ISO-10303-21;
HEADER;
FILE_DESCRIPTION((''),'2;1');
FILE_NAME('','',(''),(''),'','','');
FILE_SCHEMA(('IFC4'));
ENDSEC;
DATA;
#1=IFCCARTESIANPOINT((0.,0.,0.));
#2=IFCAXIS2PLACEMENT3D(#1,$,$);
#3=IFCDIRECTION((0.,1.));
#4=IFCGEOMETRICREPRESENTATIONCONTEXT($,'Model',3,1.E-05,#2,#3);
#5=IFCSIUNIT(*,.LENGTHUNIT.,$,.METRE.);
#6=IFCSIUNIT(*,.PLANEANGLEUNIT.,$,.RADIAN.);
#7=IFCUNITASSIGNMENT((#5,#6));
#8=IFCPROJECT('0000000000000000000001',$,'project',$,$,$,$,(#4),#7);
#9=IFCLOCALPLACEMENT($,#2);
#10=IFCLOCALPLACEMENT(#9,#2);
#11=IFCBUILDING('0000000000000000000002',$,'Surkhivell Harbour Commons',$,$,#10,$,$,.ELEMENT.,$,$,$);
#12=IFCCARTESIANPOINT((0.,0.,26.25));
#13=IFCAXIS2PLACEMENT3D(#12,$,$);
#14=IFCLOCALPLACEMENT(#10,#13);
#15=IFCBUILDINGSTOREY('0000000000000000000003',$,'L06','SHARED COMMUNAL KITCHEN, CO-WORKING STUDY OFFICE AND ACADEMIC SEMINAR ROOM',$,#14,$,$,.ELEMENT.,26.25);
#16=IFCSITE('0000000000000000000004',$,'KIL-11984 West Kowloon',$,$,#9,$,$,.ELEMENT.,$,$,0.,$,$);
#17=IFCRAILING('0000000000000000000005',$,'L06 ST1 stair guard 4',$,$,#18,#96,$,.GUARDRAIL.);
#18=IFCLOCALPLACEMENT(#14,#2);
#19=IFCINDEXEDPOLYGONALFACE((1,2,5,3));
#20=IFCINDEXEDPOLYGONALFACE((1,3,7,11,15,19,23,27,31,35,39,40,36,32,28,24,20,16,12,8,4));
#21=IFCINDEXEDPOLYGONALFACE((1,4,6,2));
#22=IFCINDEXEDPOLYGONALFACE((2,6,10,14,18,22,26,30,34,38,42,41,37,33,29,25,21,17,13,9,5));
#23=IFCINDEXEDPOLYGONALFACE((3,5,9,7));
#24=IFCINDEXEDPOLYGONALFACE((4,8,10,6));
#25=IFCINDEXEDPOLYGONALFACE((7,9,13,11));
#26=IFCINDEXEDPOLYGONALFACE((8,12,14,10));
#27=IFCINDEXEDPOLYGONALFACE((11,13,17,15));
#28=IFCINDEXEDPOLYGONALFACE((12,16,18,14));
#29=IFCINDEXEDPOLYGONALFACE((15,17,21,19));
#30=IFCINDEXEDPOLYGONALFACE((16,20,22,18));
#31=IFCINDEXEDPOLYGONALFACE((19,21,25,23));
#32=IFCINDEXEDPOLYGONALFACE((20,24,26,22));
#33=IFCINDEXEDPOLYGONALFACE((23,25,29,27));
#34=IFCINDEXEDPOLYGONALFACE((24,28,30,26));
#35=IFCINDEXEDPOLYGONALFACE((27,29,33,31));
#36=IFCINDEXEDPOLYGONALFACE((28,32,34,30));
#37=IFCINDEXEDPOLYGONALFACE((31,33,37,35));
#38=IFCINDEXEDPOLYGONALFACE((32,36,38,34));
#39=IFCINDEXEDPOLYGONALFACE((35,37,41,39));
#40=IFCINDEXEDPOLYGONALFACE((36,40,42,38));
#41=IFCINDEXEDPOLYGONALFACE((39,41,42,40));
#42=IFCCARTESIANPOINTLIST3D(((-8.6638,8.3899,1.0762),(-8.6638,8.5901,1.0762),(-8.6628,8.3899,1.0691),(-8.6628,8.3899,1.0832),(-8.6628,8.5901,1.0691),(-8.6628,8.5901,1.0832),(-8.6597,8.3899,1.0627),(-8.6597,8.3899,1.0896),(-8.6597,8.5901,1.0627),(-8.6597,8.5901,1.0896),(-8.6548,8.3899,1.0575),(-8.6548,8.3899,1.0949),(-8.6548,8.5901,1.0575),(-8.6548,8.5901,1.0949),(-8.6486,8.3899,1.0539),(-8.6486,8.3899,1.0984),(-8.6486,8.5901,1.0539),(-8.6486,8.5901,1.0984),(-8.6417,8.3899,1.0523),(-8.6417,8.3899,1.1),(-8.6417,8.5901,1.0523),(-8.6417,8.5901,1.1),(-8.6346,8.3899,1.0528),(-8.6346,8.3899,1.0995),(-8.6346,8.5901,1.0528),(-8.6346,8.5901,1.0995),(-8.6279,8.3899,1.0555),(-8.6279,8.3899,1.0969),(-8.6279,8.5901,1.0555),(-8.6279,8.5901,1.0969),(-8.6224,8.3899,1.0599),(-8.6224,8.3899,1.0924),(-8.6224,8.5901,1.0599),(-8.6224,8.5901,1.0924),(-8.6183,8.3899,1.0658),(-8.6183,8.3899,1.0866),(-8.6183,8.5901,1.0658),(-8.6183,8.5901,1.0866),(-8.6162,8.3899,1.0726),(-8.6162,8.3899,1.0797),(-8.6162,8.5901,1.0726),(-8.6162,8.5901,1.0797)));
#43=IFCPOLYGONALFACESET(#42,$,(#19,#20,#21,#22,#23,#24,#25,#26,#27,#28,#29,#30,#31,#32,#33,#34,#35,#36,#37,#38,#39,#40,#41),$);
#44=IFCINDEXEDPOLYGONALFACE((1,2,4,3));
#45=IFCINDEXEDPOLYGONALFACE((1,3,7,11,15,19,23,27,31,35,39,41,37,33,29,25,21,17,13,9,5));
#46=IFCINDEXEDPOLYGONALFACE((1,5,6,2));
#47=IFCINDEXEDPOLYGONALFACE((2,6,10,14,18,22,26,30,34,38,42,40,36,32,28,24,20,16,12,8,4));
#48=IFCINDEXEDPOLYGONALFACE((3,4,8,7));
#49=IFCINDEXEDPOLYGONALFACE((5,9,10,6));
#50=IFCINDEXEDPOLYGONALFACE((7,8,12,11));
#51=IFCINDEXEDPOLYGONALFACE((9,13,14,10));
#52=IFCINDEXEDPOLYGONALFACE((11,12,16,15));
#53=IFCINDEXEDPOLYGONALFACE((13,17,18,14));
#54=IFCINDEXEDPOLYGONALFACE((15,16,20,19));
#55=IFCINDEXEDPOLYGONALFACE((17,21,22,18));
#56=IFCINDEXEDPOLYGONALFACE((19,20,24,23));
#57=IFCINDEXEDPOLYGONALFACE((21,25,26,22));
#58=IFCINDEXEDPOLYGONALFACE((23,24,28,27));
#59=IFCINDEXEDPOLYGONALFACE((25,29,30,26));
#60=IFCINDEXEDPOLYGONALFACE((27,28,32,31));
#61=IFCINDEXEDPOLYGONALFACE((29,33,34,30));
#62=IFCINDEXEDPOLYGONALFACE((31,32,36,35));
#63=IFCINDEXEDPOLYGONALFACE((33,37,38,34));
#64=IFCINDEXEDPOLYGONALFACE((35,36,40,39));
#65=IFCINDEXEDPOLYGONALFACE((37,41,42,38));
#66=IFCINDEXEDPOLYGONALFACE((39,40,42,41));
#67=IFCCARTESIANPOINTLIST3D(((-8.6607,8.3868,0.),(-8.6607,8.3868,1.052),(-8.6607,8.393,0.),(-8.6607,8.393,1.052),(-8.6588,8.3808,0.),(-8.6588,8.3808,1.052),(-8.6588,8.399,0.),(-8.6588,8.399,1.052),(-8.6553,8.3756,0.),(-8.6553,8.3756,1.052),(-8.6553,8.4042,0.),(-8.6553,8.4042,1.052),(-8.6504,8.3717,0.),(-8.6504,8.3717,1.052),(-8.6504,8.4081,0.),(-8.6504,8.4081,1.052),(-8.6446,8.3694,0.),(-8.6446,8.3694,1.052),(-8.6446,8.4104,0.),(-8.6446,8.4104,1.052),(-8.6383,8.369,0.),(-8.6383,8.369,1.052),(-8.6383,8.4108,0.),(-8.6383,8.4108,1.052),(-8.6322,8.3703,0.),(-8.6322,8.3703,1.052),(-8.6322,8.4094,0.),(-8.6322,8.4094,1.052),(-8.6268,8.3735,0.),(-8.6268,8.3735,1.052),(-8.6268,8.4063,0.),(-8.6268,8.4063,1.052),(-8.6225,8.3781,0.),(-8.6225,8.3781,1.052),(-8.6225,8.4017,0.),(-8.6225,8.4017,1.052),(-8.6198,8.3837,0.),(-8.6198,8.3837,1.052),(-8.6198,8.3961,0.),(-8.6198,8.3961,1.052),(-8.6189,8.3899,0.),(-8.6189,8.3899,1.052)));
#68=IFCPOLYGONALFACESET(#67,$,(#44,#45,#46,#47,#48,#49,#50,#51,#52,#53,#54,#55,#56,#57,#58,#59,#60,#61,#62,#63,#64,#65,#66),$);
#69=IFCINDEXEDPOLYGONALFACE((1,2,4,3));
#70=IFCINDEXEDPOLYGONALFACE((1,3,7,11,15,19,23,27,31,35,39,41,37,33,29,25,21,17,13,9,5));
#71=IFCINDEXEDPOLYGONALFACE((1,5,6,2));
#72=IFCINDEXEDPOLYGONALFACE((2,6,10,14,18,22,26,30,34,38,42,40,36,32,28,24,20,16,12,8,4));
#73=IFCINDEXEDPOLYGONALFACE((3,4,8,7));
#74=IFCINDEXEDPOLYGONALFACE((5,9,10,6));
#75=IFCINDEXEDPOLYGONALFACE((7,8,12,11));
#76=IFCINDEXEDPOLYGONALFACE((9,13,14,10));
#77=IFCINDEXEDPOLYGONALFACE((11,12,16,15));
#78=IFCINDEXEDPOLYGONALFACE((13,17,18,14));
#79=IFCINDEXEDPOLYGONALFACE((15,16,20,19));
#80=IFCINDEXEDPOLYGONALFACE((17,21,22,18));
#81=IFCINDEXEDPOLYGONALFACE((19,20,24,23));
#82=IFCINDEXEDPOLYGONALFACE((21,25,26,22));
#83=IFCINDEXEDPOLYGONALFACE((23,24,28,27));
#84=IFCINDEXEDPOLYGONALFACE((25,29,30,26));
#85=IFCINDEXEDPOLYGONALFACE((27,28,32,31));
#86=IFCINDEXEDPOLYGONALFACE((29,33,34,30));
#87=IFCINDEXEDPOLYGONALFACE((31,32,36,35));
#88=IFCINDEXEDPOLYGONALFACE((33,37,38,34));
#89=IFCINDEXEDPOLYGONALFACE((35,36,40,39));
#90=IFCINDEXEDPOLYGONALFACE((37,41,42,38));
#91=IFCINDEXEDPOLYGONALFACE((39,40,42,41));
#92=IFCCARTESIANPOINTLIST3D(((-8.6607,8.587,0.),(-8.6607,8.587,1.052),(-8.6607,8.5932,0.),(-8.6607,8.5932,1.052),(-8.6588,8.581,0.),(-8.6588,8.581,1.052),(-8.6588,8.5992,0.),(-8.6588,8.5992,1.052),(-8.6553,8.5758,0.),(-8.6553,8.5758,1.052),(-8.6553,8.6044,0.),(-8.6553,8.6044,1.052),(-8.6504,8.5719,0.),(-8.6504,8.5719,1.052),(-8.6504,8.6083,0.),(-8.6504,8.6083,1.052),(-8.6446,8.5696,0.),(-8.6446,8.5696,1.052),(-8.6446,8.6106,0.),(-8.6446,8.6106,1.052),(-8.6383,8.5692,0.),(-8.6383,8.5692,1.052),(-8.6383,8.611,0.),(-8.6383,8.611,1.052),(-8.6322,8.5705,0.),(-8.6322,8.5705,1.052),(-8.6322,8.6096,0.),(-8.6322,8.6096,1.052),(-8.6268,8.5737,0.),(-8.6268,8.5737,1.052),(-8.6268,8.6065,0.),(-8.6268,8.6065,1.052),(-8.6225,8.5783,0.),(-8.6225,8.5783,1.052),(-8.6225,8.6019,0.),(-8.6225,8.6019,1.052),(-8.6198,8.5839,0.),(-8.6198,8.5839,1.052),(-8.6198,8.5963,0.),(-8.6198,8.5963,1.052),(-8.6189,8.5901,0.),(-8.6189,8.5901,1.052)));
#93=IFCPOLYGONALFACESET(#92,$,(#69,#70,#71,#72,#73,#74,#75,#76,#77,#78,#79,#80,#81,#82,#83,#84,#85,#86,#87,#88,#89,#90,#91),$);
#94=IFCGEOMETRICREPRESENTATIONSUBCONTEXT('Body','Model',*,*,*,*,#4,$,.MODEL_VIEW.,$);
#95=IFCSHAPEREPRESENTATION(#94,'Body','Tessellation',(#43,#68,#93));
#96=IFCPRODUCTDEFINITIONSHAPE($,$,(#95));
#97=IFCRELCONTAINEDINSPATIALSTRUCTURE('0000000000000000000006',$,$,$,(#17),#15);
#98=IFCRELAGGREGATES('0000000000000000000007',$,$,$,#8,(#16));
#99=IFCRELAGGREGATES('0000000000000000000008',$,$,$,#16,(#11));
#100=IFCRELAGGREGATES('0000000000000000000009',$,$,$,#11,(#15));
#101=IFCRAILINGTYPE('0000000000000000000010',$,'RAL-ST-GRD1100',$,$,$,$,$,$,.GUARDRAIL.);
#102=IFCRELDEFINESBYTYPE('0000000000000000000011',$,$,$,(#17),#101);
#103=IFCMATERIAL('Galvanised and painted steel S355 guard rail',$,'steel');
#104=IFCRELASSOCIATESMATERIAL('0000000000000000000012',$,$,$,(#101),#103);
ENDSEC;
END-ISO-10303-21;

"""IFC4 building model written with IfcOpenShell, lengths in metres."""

from ifc_helpers import new_model, si_unit, direction, frame, origin, origin_2d, place, context, subcontext, project, spatial, circle, extrude, material, type_object, element, save


model = new_model("IFC4")

# Units and contexts
model_context = context("Model", 3, precision=1e-05, world=origin(), true_north=direction((0.0, 1.0)))
body_context = subcontext(model_context, "Body", "Model", "MODEL_VIEW")
ifc_project = project(units=[si_unit("LENGTHUNIT", "METRE"), si_unit("PLANEANGLEUNIT", "RADIAN")], contexts=[model_context])

# Site, building, storey
site_placement = place(None, origin())
site = spatial("IfcSite", under=ifc_project, at=site_placement, Name="KIL-11984 West Kowloon", CompositionType="ELEMENT", RefElevation=0.0)
building_placement = place(site_placement, origin())
building = spatial("IfcBuilding", under=site, at=building_placement, Name="Surkhivell Harbour Commons", CompositionType="ELEMENT")
storey_placement = place(building_placement, frame((0.0, 0.0, 26.25)))
storey = spatial("IfcBuildingStorey", under=building, at=storey_placement, Name="L06", Description="SHARED COMMUNAL KITCHEN, CO-WORKING STUDY OFFICE AND ACADEMIC SEMINAR ROOM", CompositionType="ELEMENT", Elevation=26.25)

# Railing
ifc_material_1 = material(Name="Galvanised and painted steel S355 guard rail", Category="steel")
railing_type_1 = type_object("IfcRailingType", Name="RAL-ST-GRD1100", PredefinedType="GUARDRAIL", material=ifc_material_1)
railing_1_placement = place(storey_placement, frame((-8.6399, 8.3899, 0.0)))
element("IfcRailing", 1, at=railing_1_placement, inside=storey, type_object=railing_type_1, Name="L06 ST1 stair guard 4", PredefinedType="GUARDRAIL", context=body_context, shape_type="SweptSolid", body=[
    extrude(circle(Radius=0.0239, at=origin_2d()), frame((0.0, 0.0, 1.0762), z_axis=(0.0, 1.0, 0.0), x_axis=(-1.0, 0.0, 0.0)), (0.0, 0.0, 1.0), 0.2002),
    extrude(circle(Radius=0.021, at=origin_2d()), origin(), (0.0, 0.0, 1.0), 1.052),
    extrude(circle(Radius=0.021, at=origin_2d()), frame((0.0, 0.2002, 0.0)), (0.0, 0.0, 1.0), 1.052),
])

save(model, "model.ifc")
